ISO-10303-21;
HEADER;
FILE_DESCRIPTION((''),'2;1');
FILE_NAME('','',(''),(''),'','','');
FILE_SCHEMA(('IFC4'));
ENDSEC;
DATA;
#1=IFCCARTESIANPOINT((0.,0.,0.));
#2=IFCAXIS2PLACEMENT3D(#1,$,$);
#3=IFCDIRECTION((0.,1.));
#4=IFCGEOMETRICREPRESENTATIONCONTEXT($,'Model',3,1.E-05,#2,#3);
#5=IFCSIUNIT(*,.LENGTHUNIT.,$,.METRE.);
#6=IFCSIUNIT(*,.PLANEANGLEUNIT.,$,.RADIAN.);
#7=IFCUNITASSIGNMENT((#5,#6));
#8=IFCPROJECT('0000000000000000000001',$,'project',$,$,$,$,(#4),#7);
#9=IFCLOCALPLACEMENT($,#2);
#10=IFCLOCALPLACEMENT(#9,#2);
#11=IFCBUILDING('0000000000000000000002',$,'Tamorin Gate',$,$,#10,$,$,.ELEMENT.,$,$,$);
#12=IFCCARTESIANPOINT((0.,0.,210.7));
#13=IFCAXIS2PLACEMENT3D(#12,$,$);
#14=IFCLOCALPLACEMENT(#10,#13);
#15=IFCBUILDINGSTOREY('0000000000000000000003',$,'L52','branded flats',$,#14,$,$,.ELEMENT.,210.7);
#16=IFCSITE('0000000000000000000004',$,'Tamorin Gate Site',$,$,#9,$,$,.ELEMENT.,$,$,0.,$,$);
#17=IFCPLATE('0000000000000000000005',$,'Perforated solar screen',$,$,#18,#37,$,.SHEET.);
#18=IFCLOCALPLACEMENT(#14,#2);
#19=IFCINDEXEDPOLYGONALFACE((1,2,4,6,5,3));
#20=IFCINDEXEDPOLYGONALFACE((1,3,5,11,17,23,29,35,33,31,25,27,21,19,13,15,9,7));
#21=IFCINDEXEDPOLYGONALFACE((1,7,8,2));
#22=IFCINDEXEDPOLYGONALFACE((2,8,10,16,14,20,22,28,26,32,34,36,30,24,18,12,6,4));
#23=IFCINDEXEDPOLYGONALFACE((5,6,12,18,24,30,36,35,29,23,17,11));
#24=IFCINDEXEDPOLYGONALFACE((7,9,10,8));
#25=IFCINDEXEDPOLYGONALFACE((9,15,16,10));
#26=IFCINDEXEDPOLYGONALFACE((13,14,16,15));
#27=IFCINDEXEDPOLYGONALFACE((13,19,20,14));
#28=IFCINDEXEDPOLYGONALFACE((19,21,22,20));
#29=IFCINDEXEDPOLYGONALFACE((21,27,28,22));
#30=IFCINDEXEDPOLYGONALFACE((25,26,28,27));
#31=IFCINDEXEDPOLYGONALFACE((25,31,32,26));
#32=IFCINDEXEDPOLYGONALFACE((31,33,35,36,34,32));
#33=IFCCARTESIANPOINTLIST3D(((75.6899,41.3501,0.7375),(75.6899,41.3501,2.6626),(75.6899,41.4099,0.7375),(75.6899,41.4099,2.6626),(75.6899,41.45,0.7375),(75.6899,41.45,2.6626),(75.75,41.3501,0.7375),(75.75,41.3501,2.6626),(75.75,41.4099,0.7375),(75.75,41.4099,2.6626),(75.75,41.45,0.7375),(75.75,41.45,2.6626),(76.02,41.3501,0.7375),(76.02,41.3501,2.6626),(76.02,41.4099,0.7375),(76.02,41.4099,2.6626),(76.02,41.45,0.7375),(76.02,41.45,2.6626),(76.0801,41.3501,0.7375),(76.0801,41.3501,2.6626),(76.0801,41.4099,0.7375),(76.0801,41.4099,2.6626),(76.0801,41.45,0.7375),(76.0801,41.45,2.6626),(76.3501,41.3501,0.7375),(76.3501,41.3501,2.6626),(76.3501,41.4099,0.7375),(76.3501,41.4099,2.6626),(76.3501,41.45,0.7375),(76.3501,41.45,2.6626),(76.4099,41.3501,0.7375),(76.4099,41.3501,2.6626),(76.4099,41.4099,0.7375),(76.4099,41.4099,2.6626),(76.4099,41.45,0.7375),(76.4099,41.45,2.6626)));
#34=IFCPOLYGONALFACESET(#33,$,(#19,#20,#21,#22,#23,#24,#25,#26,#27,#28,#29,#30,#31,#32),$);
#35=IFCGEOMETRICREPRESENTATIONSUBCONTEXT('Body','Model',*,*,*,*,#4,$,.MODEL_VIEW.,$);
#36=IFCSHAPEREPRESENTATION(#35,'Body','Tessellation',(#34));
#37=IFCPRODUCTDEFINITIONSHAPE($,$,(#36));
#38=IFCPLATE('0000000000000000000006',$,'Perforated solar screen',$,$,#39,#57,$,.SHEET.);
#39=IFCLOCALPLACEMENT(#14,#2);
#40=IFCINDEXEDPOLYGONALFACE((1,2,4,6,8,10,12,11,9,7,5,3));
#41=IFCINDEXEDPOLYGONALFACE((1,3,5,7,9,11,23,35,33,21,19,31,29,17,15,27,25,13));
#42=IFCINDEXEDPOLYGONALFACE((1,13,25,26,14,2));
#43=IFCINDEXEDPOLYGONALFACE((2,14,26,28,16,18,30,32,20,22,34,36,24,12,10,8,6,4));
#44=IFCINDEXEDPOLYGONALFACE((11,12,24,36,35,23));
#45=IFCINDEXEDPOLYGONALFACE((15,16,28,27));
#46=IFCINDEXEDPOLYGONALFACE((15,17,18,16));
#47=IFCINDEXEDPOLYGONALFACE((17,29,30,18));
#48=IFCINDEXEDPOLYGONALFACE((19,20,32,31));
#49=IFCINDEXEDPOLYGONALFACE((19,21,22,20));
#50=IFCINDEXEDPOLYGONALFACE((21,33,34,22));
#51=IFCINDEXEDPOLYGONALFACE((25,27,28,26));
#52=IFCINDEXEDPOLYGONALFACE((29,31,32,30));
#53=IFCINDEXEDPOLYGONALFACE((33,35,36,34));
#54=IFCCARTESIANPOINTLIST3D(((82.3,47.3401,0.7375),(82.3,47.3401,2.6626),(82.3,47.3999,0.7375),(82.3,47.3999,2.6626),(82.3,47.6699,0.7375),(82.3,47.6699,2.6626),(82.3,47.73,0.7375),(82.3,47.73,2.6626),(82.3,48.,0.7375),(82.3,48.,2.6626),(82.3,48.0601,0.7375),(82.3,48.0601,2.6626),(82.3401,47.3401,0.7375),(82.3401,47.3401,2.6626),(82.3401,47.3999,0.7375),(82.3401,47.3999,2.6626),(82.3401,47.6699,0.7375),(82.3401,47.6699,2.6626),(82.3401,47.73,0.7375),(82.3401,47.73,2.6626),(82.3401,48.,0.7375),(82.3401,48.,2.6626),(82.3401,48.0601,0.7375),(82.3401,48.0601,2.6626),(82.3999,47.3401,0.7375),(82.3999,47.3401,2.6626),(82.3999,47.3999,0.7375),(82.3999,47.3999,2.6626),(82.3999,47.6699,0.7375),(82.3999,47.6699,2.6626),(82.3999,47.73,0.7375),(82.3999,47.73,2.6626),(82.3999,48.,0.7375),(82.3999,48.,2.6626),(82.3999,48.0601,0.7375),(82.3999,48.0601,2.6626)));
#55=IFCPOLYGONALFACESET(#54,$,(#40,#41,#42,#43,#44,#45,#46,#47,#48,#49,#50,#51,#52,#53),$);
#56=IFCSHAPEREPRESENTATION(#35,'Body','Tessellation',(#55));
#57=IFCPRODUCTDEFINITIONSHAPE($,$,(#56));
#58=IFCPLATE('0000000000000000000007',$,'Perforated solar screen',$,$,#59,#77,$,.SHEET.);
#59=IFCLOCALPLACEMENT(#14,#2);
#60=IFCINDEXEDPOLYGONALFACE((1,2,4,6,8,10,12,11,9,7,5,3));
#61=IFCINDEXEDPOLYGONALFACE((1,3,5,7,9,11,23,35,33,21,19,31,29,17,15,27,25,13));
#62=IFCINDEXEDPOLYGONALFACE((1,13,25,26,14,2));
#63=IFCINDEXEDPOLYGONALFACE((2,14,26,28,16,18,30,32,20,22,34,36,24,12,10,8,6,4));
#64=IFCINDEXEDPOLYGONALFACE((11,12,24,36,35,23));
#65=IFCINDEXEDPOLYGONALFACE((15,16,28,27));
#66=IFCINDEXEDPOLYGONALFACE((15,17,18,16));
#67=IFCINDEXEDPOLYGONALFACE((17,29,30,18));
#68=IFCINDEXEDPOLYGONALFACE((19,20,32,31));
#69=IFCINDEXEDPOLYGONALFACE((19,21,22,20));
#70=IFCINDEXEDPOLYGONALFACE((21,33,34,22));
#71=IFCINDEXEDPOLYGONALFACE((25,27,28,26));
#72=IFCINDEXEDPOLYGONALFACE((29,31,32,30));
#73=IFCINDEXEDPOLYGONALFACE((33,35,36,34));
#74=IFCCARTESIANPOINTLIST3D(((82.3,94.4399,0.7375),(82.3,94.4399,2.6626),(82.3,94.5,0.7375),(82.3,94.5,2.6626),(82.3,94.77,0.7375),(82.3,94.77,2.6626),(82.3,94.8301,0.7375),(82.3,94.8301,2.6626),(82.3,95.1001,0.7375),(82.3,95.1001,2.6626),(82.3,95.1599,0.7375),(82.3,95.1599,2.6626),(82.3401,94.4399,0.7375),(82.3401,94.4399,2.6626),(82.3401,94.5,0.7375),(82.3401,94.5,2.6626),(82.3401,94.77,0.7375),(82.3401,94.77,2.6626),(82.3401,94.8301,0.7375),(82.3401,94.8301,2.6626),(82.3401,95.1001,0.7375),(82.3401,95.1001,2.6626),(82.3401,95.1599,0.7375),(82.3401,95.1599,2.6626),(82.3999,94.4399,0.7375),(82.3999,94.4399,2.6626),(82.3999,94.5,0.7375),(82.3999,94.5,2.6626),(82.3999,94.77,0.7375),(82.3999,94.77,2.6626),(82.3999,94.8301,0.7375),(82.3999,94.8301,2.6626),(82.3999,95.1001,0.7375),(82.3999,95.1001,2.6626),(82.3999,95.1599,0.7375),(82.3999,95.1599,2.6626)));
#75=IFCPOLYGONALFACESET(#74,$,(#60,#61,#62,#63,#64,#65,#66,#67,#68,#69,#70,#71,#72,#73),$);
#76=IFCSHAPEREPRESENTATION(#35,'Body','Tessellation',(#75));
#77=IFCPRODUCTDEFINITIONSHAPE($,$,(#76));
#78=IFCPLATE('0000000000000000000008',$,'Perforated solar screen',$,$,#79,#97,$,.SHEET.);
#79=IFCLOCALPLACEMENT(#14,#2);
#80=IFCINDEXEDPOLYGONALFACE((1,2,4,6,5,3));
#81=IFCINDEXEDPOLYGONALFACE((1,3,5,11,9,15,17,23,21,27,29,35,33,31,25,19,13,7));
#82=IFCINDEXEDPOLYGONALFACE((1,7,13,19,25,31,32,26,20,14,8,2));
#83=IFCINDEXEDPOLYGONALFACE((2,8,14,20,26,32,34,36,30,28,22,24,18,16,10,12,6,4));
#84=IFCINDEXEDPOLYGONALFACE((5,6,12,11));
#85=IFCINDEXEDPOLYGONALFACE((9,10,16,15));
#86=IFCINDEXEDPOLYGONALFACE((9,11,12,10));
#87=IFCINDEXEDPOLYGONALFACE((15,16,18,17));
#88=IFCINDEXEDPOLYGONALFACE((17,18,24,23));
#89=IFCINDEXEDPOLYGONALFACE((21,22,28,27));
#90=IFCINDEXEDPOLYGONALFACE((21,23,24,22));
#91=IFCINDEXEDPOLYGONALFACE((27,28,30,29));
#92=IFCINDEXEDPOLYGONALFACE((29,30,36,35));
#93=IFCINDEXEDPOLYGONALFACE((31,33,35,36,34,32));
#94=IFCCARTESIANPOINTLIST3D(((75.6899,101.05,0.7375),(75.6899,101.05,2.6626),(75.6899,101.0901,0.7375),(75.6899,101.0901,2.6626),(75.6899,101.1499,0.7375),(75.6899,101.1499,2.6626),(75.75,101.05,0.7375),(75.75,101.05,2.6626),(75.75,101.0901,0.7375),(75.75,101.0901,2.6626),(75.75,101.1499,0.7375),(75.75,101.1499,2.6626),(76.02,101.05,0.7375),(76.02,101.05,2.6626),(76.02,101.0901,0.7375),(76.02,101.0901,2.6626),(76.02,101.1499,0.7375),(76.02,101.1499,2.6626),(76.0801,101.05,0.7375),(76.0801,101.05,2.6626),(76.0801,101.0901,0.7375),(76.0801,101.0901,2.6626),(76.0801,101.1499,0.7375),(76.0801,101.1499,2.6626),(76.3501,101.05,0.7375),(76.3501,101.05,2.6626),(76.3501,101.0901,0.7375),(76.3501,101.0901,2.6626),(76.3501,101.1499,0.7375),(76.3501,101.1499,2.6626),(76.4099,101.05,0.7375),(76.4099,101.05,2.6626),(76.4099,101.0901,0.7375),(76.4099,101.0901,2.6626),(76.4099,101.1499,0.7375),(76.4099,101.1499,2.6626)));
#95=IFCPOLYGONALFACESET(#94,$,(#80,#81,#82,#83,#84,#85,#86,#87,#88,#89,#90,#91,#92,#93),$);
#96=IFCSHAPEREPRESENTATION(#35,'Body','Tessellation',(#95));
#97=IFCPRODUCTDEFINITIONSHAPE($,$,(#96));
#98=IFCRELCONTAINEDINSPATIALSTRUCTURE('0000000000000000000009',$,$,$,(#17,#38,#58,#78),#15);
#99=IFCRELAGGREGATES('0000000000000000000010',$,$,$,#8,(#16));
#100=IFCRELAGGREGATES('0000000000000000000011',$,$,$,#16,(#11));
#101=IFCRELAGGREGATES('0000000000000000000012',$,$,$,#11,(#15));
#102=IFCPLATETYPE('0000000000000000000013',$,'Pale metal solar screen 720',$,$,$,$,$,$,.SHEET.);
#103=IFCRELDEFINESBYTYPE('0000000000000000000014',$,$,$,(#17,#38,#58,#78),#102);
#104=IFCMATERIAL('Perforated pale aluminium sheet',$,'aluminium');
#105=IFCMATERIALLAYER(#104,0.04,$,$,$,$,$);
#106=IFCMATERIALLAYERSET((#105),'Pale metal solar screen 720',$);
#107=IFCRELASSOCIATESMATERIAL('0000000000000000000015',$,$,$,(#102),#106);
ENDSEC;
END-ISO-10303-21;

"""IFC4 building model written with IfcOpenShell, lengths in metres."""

from ifc_helpers import new_model, si_unit, direction, frame, origin, place, context, subcontext, project, spatial, polyline, outline, extrude, material, layer, layer_set, type_object, element, save


model = new_model("IFC4")

# Units and contexts
model_context = context("Model", 3, precision=1e-05, world=origin(), true_north=direction((0.0, 1.0)))
body_context = subcontext(model_context, "Body", "Model", "MODEL_VIEW")
ifc_project = project(units=[si_unit("LENGTHUNIT", "METRE"), si_unit("PLANEANGLEUNIT", "RADIAN")], contexts=[model_context])

# Site, building, storey
site_placement = place(None, origin())
site = spatial("IfcSite", under=ifc_project, at=site_placement, Name="Tamorin Gate Site", CompositionType="ELEMENT", RefElevation=0.0)
building_placement = place(site_placement, origin())
building = spatial("IfcBuilding", under=site, at=building_placement, Name="Tamorin Gate", CompositionType="ELEMENT")
storey_placement = place(building_placement, frame((0.0, 0.0, 210.7)))
storey = spatial("IfcBuildingStorey", under=building, at=storey_placement, Name="L52", Description="branded flats", CompositionType="ELEMENT", Elevation=210.7)

# Plates
ifc_material_1 = material(Name="Perforated pale aluminium sheet", Category="aluminium")
ifc_layer_1 = layer(ifc_material_1, 0.04)
ifc_layer_set_1 = layer_set([ifc_layer_1], Name="Pale metal solar screen 720")
plate_type_1 = type_object("IfcPlateType", Name="Pale metal solar screen 720", PredefinedType="SHEET", material=ifc_layer_set_1)
plate_1_placement = place(storey_placement, frame((0.0, 0.0, 0.7375)))
element("IfcPlate", 1, at=plate_1_placement, inside=storey, type_object=plate_type_1, Name="Perforated solar screen", PredefinedType="SHEET", context=body_context, shape_type="SweptSolid", body=[
    extrude(outline(polyline([(75.6899, 41.4099), (75.6899, 41.45), (75.75, 41.45), (76.02, 41.45), (76.0801, 41.45), (76.3501, 41.45), (76.4099, 41.45), (76.4099, 41.4099), (76.4099, 41.3501), (76.3501, 41.3501), (76.3501, 41.4099), (76.0801, 41.4099), (76.0801, 41.3501), (76.02, 41.3501), (76.02, 41.4099), (75.75, 41.4099), (75.75, 41.3501), (75.6899, 41.3501), (75.6899, 41.4099)])), origin(), (0.0, 0.0, 1.0), 1.925),
])
plate_2_placement = place(storey_placement, frame((0.0, 0.0, 0.7375)))
element("IfcPlate", 2, at=plate_2_placement, inside=storey, type_object=plate_type_1, Name="Perforated solar screen", PredefinedType="SHEET", context=body_context, shape_type="SweptSolid", body=[
    extrude(outline(polyline([(82.3401, 47.3401), (82.3, 47.3401), (82.3, 47.3999), (82.3, 47.6699), (82.3, 47.73), (82.3, 48.0), (82.3, 48.0601), (82.3401, 48.0601), (82.3999, 48.0601), (82.3999, 48.0), (82.3401, 48.0), (82.3401, 47.73), (82.3999, 47.73), (82.3999, 47.6699), (82.3401, 47.6699), (82.3401, 47.3999), (82.3999, 47.3999), (82.3999, 47.3401), (82.3401, 47.3401)])), origin(), (0.0, 0.0, 1.0), 1.925),
])
plate_3_placement = place(storey_placement, frame((0.0, 0.0, 0.7375)))
element("IfcPlate", 3, at=plate_3_placement, inside=storey, type_object=plate_type_1, Name="Perforated solar screen", PredefinedType="SHEET", context=body_context, shape_type="SweptSolid", body=[
    extrude(outline(polyline([(82.3401, 94.4399), (82.3, 94.4399), (82.3, 94.5), (82.3, 94.77), (82.3, 94.8301), (82.3, 95.1001), (82.3, 95.1599), (82.3401, 95.1599), (82.3999, 95.1599), (82.3999, 95.1001), (82.3401, 95.1001), (82.3401, 94.8301), (82.3999, 94.8301), (82.3999, 94.77), (82.3401, 94.77), (82.3401, 94.5), (82.3999, 94.5), (82.3999, 94.4399), (82.3401, 94.4399)])), origin(), (0.0, 0.0, 1.0), 1.925),
])
plate_4_placement = place(storey_placement, frame((0.0, 0.0, 0.7375)))
element("IfcPlate", 4, at=plate_4_placement, inside=storey, type_object=plate_type_1, Name="Perforated solar screen", PredefinedType="SHEET", context=body_context, shape_type="SweptSolid", body=[
    extrude(outline(polyline([(76.4099, 101.0901), (76.4099, 101.05), (76.3501, 101.05), (76.0801, 101.05), (76.02, 101.05), (75.75, 101.05), (75.6899, 101.05), (75.6899, 101.0901), (75.6899, 101.1499), (75.75, 101.1499), (75.75, 101.0901), (76.02, 101.0901), (76.02, 101.1499), (76.0801, 101.1499), (76.0801, 101.0901), (76.3501, 101.0901), (76.3501, 101.1499), (76.4099, 101.1499), (76.4099, 101.0901)])), origin(), (0.0, 0.0, 1.0), 1.925),
])

save(model, "model.ifc")
